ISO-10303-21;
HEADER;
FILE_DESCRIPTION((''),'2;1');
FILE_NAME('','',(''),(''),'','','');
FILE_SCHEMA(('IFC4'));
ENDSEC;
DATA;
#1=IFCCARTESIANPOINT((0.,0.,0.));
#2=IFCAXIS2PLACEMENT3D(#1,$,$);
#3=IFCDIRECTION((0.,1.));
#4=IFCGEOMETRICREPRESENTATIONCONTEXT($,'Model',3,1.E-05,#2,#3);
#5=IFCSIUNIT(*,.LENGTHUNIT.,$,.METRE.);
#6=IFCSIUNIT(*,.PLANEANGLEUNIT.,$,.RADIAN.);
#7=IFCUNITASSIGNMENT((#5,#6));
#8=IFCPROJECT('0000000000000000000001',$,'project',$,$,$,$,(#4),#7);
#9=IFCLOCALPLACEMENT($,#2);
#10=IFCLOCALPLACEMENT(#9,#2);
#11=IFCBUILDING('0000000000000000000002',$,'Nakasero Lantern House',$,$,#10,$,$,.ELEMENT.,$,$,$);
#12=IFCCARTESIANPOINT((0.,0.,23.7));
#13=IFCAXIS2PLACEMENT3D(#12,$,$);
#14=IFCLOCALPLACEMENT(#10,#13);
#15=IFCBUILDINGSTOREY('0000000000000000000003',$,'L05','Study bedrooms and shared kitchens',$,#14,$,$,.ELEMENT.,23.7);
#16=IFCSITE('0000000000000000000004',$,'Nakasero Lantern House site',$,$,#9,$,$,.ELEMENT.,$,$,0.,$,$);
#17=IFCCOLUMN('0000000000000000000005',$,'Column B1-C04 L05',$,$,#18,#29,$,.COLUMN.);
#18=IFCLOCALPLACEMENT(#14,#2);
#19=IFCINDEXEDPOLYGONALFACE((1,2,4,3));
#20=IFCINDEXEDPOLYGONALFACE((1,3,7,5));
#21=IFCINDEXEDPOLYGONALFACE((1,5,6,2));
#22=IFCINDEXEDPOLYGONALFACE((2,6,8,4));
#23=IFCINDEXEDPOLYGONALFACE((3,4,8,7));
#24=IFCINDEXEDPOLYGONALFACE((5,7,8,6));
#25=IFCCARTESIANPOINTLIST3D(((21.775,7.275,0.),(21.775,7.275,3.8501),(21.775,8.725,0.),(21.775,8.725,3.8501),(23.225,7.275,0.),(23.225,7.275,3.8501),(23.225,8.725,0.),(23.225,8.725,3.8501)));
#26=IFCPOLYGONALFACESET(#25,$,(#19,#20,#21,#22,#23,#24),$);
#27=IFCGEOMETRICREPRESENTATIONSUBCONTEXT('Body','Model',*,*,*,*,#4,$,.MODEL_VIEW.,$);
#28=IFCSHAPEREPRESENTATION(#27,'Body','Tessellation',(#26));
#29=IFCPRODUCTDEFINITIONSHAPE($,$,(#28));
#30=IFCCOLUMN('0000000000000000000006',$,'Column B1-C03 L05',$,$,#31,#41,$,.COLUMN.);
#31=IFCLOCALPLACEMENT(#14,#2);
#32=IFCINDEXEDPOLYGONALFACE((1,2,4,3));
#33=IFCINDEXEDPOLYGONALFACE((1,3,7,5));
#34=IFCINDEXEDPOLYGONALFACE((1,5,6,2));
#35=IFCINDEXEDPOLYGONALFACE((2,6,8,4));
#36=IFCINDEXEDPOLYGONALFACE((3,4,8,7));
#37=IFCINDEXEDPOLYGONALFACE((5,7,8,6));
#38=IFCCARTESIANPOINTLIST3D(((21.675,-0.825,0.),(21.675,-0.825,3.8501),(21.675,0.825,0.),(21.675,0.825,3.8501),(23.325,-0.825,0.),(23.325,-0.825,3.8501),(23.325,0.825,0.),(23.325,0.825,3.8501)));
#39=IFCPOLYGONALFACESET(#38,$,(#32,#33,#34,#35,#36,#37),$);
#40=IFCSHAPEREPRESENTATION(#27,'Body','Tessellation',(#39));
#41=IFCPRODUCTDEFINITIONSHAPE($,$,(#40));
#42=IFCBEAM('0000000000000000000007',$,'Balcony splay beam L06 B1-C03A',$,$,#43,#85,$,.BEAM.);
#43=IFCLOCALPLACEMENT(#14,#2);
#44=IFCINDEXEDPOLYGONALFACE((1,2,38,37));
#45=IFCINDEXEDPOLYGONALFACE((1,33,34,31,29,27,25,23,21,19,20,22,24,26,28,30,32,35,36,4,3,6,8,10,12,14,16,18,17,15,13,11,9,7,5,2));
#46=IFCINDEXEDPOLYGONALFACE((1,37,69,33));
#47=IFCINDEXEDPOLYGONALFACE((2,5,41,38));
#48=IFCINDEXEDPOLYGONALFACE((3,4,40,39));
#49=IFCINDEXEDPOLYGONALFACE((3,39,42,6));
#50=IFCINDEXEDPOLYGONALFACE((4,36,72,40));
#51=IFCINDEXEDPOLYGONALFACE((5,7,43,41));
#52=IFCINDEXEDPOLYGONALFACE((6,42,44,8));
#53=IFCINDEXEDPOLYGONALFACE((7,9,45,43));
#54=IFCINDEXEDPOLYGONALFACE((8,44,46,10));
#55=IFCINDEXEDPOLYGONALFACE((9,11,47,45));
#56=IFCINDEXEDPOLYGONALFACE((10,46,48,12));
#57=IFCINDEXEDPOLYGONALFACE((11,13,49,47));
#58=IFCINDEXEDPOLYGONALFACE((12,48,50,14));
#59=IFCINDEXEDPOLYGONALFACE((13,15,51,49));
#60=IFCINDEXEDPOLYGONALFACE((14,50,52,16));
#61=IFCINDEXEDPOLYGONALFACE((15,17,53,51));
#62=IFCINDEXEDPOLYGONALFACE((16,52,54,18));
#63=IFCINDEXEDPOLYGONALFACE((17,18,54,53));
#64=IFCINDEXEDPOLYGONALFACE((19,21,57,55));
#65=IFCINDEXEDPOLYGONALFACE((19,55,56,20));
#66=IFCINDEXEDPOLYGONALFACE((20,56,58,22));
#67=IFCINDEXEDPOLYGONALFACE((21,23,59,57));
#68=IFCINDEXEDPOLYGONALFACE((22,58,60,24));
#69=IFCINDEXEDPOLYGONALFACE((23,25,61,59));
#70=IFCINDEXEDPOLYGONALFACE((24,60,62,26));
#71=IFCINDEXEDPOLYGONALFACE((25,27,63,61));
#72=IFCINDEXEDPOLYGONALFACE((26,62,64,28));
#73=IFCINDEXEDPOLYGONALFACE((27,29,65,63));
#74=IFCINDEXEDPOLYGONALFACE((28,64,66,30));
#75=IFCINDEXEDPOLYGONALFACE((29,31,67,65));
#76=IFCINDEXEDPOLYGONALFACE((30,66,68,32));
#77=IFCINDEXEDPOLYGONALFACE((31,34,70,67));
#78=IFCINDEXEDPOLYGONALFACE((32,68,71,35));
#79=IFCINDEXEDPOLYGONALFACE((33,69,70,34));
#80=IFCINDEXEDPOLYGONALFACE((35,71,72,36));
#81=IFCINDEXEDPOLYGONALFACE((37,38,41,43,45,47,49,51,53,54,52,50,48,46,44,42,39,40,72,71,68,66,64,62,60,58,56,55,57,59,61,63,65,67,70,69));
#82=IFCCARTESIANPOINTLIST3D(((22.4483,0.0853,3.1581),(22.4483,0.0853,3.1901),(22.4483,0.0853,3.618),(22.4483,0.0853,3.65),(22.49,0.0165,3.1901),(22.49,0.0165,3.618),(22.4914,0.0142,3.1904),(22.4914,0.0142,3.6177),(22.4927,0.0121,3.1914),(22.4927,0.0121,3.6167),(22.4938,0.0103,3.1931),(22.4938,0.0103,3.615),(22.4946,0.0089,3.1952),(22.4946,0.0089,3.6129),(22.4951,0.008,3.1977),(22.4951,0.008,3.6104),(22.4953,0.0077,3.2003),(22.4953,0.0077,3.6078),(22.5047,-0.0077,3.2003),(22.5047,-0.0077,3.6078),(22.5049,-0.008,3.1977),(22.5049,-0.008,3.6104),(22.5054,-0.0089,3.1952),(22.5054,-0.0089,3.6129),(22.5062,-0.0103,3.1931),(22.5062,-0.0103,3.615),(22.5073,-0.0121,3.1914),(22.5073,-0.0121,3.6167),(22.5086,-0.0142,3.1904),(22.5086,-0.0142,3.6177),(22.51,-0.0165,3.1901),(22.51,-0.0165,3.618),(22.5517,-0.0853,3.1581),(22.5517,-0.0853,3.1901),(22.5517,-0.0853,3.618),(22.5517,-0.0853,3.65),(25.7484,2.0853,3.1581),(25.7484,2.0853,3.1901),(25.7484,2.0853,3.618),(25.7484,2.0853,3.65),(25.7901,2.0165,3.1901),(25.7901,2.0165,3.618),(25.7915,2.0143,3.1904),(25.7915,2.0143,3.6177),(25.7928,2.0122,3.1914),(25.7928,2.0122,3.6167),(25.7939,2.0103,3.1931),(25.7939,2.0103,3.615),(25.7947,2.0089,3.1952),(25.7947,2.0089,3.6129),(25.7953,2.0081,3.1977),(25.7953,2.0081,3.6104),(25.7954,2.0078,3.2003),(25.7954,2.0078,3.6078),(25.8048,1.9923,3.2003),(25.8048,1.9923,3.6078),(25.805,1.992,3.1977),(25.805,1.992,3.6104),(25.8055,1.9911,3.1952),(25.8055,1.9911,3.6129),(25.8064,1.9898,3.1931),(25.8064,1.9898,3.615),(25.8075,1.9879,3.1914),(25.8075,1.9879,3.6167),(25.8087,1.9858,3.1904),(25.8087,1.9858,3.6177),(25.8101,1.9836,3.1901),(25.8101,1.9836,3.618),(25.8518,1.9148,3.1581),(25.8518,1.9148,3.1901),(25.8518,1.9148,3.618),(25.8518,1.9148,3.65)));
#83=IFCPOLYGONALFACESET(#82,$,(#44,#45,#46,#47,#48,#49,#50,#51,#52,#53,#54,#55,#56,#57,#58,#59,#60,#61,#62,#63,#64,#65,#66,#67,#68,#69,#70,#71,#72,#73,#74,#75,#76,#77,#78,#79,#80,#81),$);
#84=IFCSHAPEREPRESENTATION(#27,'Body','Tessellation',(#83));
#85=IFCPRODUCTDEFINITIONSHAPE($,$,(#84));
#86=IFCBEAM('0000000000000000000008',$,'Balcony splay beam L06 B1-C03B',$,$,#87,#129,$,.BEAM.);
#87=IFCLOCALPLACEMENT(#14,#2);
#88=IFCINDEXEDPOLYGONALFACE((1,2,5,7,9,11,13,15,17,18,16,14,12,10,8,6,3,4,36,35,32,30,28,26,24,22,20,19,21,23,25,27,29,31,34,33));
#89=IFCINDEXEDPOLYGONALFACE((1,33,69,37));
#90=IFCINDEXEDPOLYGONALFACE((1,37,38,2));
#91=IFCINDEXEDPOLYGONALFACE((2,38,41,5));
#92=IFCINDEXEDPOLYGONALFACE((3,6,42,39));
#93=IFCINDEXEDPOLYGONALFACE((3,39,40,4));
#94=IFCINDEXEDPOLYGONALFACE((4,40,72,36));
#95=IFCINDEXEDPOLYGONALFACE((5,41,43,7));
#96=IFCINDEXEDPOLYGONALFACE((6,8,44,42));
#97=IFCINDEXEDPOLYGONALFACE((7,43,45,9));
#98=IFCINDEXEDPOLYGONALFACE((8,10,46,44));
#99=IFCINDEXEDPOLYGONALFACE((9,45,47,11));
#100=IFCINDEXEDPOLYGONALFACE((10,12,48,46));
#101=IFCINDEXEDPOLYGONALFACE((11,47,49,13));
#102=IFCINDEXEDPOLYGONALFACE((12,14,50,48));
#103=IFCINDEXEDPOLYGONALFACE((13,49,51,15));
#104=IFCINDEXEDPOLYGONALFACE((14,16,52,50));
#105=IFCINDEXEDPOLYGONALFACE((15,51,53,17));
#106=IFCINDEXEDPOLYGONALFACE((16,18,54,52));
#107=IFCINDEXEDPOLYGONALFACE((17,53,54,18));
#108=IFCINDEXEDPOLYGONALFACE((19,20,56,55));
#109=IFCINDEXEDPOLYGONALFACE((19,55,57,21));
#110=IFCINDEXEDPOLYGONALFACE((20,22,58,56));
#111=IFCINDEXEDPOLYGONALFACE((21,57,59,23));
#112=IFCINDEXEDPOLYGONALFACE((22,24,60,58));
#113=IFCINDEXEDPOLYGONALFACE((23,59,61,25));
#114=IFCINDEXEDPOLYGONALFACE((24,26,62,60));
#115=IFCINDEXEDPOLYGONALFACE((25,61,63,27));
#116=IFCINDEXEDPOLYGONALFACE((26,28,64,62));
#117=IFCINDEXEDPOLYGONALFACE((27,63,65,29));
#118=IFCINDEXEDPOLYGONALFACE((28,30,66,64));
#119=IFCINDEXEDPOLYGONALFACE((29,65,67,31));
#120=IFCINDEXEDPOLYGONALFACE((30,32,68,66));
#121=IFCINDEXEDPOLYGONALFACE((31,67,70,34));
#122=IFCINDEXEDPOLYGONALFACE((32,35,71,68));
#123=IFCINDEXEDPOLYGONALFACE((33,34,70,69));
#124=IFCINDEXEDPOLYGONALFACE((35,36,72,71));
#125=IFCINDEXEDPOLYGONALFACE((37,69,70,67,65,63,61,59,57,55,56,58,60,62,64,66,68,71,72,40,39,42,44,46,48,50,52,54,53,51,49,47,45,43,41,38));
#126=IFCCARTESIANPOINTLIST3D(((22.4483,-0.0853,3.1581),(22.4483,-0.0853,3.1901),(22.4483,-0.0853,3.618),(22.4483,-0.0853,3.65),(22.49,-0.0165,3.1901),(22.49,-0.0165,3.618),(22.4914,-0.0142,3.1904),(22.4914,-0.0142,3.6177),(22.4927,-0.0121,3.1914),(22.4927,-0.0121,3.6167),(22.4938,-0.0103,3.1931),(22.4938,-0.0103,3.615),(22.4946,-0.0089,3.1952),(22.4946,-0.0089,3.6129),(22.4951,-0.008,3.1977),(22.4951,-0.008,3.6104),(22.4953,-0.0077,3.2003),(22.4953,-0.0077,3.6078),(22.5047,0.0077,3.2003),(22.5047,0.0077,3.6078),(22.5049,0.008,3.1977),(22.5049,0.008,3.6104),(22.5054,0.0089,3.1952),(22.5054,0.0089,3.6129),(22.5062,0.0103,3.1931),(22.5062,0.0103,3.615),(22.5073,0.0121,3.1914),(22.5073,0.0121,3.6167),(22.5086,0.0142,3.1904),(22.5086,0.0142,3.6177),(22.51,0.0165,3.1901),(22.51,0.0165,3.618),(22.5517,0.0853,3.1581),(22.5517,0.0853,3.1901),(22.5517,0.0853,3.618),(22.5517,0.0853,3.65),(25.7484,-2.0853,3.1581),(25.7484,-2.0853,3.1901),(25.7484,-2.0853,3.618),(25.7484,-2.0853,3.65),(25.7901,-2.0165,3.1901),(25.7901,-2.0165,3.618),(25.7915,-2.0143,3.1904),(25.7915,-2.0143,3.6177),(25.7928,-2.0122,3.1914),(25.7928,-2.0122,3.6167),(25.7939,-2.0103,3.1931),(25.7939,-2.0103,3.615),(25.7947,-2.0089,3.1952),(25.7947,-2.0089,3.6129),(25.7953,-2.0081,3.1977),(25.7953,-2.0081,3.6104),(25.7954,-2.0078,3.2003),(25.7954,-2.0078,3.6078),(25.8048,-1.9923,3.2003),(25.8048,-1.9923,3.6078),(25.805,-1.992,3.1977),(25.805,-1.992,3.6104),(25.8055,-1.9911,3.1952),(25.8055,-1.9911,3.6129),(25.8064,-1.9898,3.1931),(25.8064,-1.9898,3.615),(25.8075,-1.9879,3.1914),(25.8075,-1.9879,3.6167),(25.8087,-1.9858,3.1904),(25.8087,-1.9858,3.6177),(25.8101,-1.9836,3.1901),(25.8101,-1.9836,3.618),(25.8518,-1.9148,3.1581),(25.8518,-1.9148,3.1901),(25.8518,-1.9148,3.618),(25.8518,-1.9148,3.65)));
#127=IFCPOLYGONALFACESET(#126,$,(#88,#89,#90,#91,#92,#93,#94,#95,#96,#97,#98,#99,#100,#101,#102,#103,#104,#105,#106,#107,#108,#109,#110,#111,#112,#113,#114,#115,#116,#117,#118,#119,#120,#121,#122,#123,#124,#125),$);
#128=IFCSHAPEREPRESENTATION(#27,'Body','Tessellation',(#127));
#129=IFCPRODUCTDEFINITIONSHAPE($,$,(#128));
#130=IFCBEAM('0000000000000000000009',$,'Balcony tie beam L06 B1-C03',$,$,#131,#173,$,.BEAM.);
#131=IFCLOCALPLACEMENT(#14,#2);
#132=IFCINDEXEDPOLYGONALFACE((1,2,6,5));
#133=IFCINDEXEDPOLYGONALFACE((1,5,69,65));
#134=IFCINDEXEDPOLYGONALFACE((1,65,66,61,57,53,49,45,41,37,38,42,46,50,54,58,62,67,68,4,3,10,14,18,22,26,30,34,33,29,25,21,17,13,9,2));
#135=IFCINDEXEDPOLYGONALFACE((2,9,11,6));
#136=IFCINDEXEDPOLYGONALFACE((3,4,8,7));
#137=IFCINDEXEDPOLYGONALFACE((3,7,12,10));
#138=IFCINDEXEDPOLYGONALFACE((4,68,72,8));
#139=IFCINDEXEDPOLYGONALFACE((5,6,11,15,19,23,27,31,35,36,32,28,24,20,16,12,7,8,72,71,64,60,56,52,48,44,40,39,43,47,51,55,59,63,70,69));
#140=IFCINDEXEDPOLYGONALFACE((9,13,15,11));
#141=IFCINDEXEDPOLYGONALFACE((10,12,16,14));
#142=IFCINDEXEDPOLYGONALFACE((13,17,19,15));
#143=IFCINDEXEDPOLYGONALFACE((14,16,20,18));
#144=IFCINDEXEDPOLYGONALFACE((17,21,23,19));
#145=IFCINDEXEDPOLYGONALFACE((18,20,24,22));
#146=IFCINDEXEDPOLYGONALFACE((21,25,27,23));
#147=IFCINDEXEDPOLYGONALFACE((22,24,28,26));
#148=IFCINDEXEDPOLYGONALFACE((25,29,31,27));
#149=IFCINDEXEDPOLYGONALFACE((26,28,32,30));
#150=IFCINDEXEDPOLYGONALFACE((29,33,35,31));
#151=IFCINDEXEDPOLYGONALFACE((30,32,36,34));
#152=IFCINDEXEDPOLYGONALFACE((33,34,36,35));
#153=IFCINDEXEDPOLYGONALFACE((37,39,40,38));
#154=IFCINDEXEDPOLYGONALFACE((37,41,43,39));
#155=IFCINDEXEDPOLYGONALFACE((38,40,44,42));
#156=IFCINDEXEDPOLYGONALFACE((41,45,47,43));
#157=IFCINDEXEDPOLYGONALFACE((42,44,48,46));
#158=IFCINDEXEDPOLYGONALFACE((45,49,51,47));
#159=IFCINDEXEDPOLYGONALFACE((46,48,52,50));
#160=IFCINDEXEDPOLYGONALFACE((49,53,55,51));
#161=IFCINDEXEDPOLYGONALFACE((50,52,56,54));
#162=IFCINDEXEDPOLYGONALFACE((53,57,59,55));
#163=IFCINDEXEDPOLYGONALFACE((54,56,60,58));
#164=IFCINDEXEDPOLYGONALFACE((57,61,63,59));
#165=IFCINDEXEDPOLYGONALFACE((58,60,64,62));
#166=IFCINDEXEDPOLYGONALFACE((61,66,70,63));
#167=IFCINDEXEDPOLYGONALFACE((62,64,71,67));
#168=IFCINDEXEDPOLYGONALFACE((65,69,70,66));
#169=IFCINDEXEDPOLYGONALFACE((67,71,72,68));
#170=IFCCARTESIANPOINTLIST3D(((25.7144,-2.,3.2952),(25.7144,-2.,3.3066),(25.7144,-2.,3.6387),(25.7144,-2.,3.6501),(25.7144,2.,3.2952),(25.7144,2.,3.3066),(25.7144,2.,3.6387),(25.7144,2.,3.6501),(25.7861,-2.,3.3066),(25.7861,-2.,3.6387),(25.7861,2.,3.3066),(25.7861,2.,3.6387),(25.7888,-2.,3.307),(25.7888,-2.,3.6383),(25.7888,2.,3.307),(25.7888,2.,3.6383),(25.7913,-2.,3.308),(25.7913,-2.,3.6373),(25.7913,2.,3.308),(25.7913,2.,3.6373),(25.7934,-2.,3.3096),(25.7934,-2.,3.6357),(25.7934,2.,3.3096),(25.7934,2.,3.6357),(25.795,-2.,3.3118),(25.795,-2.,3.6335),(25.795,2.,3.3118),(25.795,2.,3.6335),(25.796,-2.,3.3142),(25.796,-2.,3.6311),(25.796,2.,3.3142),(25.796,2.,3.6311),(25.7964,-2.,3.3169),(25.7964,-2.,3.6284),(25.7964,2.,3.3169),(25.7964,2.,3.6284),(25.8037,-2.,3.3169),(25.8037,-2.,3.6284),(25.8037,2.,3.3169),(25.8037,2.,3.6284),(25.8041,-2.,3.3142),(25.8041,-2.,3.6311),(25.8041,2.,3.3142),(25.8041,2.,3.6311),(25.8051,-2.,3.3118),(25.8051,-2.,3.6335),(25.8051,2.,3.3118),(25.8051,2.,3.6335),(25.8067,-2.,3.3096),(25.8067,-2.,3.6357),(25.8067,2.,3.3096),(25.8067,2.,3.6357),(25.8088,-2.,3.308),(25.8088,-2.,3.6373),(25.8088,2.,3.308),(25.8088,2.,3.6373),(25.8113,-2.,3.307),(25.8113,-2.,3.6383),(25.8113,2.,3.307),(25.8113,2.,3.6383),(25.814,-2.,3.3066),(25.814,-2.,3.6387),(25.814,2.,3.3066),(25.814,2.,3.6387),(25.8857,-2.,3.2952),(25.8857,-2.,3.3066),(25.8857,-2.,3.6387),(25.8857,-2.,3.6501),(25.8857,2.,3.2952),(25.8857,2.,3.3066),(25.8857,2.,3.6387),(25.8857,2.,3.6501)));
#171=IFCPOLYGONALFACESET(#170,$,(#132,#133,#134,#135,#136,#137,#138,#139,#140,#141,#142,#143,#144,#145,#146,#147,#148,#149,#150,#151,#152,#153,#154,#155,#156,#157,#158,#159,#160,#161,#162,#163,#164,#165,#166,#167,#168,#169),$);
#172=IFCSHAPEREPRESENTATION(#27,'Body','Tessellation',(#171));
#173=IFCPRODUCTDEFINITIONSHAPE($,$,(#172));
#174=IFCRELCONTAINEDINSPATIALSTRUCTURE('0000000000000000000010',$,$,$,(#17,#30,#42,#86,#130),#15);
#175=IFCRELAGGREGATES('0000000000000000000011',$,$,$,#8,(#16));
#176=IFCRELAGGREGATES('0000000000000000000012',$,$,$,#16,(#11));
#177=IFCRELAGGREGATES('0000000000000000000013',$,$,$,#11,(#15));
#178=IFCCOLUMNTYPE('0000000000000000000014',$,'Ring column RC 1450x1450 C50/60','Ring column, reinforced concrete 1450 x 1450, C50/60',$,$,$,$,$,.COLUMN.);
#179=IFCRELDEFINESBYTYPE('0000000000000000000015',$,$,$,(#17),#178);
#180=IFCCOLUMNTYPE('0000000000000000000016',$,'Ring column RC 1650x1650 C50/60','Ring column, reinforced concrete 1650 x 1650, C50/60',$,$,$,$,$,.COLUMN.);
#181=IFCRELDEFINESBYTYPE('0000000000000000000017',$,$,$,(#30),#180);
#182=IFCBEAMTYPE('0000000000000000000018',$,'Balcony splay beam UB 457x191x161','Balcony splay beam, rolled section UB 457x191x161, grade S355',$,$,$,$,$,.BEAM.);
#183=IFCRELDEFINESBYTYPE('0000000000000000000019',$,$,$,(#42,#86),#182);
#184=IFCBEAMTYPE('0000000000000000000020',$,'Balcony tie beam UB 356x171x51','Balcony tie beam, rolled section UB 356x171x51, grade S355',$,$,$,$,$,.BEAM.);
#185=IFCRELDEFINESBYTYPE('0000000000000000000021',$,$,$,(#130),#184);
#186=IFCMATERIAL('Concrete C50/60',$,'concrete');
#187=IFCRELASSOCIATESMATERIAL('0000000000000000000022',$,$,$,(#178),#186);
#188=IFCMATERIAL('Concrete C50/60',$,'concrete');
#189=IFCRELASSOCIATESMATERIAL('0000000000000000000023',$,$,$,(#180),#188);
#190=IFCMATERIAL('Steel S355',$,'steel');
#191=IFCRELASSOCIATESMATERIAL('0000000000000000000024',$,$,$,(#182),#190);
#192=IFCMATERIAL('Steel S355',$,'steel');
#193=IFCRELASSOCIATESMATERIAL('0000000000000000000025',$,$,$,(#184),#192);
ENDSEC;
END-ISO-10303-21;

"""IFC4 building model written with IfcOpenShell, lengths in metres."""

from ifc_helpers import new_model, si_unit, direction, frame, origin, origin_2d, place, context, subcontext, project, spatial, rectangle, i_section, extrude, material, material_profile, profile_set, type_object, element, save


model = new_model("IFC4")

# Units and contexts
model_context = context("Model", 3, precision=1e-05, world=origin(), true_north=direction((0.0, 1.0)))
body_context = subcontext(model_context, "Body", "Model", "MODEL_VIEW")
ifc_project = project(units=[si_unit("LENGTHUNIT", "METRE"), si_unit("PLANEANGLEUNIT", "RADIAN")], contexts=[model_context])

# Site, building, storey
site_placement = place(None, origin())
site = spatial("IfcSite", under=ifc_project, at=site_placement, Name="Nakasero Lantern House site", CompositionType="ELEMENT", RefElevation=0.0)
building_placement = place(site_placement, origin())
building = spatial("IfcBuilding", under=site, at=building_placement, Name="Nakasero Lantern House", CompositionType="ELEMENT")
storey_placement = place(building_placement, frame((0.0, 0.0, 23.7)))
storey = spatial("IfcBuildingStorey", under=building, at=storey_placement, Name="L05", Description="Study bedrooms and shared kitchens", CompositionType="ELEMENT", Elevation=23.7)

# Columns
ifc_material_1 = material(Name="Concrete C50/60", Category="concrete")
ifc_material_profile_1 = material_profile(ifc_material_1, rectangle(XDim=1.45, YDim=1.45, at=origin_2d()), Name="RC 1450x1450")
ifc_profile_set_1 = profile_set([ifc_material_profile_1], Name="Concrete C50/60")
column_type_1 = type_object("IfcColumnType", Name="Ring column RC 1450x1450 C50/60", Description="Ring column, reinforced concrete 1450 x 1450, C50/60", PredefinedType="COLUMN", material=ifc_profile_set_1)
column_1_placement = place(storey_placement, frame((22.5, 8.0, 0.0), z_axis=(0.0, 0.0, 1.0), x_axis=(1.0, 0.0, 0.0)))
element("IfcColumn", 1, at=column_1_placement, inside=storey, type_object=column_type_1, Name="Column B1-C04 L05", PredefinedType="COLUMN", context=body_context, shape_type="SweptSolid", body=[
    extrude(rectangle(XDim=1.45, YDim=1.45, at=origin_2d()), origin(), (0.0, 0.0, 1.0), 3.8501),
])
ifc_material_2 = material(Name="Concrete C50/60", Category="concrete")
ifc_material_profile_2 = material_profile(ifc_material_2, rectangle(XDim=1.6499, YDim=1.6499, at=origin_2d()), Name="RC 1650x1650")
ifc_profile_set_2 = profile_set([ifc_material_profile_2], Name="Concrete C50/60")
column_type_2 = type_object("IfcColumnType", Name="Ring column RC 1650x1650 C50/60", Description="Ring column, reinforced concrete 1650 x 1650, C50/60", PredefinedType="COLUMN", material=ifc_profile_set_2)
column_2_placement = place(storey_placement, frame((22.5, 0.0, 0.0), z_axis=(0.0, 0.0, 1.0), x_axis=(1.0, 0.0, 0.0)))
element("IfcColumn", 2, at=column_2_placement, inside=storey, type_object=column_type_2, Name="Column B1-C03 L05", PredefinedType="COLUMN", context=body_context, shape_type="SweptSolid", body=[
    extrude(rectangle(XDim=1.6499, YDim=1.6499, at=origin_2d()), origin(), (0.0, 0.0, 1.0), 3.8501),
])

# Beams
ifc_material_3 = material(Name="Steel S355", Category="steel")
ifc_material_profile_3 = material_profile(ifc_material_3, i_section(OverallWidth=0.1995, OverallDepth=0.4919, WebThickness=0.0181, FlangeThickness=0.032, FilletRadius=0.0103, at=origin_2d()), Name="UB 457x191x161")
ifc_profile_set_3 = profile_set([ifc_material_profile_3], Name="Steel S355")
beam_type_1 = type_object("IfcBeamType", Name="Balcony splay beam UB 457x191x161", Description="Balcony splay beam, rolled section UB 457x191x161, grade S355", PredefinedType="BEAM", material=ifc_profile_set_3)
for number, where, z_axis, x_axis, name in (
    (3, (22.5, 0.0, 3.4041), (0.855201, 0.518296, 0.0), (-0.518296, 0.855201, 0.0), "Balcony splay beam L06 B1-C03A"),
    (4, (22.5, 0.0, 3.4041), (0.855201, -0.518296, 0.0), (0.518296, 0.855201, 0.0), "Balcony splay beam L06 B1-C03B"),
):
    element("IfcBeam", number, at=place(storey_placement, frame(where, z_axis=z_axis, x_axis=x_axis)), inside=storey, type_object=beam_type_1, Name=name, PredefinedType="BEAM", context=body_context, shape_type="SweptSolid", body=[
        extrude(i_section(OverallWidth=0.1995, OverallDepth=0.4919, WebThickness=0.0181, FlangeThickness=0.032, FilletRadius=0.0103, at=origin_2d()), origin(), (0.0, 0.0, 1.0), 3.8589),
    ])
ifc_material_4 = material(Name="Steel S355", Category="steel")
ifc_material_profile_4 = material_profile(ifc_material_4, i_section(OverallWidth=0.1714, OverallDepth=0.355, WebThickness=0.0073, FlangeThickness=0.0115, FilletRadius=0.0103, at=origin_2d()), Name="UB 356x171x51")
ifc_profile_set_4 = profile_set([ifc_material_profile_4], Name="Steel S355")
beam_type_2 = type_object("IfcBeamType", Name="Balcony tie beam UB 356x171x51", Description="Balcony tie beam, rolled section UB 356x171x51, grade S355", PredefinedType="BEAM", material=ifc_profile_set_4)
beam_1_placement = place(storey_placement, frame((25.8, 2.0, 3.4727), z_axis=(0.0, -1.0, 0.0), x_axis=(1.0, 0.0, 0.0)))
element("IfcBeam", 5, at=beam_1_placement, inside=storey, type_object=beam_type_2, Name="Balcony tie beam L06 B1-C03", PredefinedType="BEAM", context=body_context, shape_type="SweptSolid", body=[
    extrude(i_section(OverallWidth=0.1714, OverallDepth=0.355, WebThickness=0.0073, FlangeThickness=0.0115, FilletRadius=0.0103, at=origin_2d()), origin(), (0.0, 0.0, 1.0), 4.0),
])

save(model, "model.ifc")
